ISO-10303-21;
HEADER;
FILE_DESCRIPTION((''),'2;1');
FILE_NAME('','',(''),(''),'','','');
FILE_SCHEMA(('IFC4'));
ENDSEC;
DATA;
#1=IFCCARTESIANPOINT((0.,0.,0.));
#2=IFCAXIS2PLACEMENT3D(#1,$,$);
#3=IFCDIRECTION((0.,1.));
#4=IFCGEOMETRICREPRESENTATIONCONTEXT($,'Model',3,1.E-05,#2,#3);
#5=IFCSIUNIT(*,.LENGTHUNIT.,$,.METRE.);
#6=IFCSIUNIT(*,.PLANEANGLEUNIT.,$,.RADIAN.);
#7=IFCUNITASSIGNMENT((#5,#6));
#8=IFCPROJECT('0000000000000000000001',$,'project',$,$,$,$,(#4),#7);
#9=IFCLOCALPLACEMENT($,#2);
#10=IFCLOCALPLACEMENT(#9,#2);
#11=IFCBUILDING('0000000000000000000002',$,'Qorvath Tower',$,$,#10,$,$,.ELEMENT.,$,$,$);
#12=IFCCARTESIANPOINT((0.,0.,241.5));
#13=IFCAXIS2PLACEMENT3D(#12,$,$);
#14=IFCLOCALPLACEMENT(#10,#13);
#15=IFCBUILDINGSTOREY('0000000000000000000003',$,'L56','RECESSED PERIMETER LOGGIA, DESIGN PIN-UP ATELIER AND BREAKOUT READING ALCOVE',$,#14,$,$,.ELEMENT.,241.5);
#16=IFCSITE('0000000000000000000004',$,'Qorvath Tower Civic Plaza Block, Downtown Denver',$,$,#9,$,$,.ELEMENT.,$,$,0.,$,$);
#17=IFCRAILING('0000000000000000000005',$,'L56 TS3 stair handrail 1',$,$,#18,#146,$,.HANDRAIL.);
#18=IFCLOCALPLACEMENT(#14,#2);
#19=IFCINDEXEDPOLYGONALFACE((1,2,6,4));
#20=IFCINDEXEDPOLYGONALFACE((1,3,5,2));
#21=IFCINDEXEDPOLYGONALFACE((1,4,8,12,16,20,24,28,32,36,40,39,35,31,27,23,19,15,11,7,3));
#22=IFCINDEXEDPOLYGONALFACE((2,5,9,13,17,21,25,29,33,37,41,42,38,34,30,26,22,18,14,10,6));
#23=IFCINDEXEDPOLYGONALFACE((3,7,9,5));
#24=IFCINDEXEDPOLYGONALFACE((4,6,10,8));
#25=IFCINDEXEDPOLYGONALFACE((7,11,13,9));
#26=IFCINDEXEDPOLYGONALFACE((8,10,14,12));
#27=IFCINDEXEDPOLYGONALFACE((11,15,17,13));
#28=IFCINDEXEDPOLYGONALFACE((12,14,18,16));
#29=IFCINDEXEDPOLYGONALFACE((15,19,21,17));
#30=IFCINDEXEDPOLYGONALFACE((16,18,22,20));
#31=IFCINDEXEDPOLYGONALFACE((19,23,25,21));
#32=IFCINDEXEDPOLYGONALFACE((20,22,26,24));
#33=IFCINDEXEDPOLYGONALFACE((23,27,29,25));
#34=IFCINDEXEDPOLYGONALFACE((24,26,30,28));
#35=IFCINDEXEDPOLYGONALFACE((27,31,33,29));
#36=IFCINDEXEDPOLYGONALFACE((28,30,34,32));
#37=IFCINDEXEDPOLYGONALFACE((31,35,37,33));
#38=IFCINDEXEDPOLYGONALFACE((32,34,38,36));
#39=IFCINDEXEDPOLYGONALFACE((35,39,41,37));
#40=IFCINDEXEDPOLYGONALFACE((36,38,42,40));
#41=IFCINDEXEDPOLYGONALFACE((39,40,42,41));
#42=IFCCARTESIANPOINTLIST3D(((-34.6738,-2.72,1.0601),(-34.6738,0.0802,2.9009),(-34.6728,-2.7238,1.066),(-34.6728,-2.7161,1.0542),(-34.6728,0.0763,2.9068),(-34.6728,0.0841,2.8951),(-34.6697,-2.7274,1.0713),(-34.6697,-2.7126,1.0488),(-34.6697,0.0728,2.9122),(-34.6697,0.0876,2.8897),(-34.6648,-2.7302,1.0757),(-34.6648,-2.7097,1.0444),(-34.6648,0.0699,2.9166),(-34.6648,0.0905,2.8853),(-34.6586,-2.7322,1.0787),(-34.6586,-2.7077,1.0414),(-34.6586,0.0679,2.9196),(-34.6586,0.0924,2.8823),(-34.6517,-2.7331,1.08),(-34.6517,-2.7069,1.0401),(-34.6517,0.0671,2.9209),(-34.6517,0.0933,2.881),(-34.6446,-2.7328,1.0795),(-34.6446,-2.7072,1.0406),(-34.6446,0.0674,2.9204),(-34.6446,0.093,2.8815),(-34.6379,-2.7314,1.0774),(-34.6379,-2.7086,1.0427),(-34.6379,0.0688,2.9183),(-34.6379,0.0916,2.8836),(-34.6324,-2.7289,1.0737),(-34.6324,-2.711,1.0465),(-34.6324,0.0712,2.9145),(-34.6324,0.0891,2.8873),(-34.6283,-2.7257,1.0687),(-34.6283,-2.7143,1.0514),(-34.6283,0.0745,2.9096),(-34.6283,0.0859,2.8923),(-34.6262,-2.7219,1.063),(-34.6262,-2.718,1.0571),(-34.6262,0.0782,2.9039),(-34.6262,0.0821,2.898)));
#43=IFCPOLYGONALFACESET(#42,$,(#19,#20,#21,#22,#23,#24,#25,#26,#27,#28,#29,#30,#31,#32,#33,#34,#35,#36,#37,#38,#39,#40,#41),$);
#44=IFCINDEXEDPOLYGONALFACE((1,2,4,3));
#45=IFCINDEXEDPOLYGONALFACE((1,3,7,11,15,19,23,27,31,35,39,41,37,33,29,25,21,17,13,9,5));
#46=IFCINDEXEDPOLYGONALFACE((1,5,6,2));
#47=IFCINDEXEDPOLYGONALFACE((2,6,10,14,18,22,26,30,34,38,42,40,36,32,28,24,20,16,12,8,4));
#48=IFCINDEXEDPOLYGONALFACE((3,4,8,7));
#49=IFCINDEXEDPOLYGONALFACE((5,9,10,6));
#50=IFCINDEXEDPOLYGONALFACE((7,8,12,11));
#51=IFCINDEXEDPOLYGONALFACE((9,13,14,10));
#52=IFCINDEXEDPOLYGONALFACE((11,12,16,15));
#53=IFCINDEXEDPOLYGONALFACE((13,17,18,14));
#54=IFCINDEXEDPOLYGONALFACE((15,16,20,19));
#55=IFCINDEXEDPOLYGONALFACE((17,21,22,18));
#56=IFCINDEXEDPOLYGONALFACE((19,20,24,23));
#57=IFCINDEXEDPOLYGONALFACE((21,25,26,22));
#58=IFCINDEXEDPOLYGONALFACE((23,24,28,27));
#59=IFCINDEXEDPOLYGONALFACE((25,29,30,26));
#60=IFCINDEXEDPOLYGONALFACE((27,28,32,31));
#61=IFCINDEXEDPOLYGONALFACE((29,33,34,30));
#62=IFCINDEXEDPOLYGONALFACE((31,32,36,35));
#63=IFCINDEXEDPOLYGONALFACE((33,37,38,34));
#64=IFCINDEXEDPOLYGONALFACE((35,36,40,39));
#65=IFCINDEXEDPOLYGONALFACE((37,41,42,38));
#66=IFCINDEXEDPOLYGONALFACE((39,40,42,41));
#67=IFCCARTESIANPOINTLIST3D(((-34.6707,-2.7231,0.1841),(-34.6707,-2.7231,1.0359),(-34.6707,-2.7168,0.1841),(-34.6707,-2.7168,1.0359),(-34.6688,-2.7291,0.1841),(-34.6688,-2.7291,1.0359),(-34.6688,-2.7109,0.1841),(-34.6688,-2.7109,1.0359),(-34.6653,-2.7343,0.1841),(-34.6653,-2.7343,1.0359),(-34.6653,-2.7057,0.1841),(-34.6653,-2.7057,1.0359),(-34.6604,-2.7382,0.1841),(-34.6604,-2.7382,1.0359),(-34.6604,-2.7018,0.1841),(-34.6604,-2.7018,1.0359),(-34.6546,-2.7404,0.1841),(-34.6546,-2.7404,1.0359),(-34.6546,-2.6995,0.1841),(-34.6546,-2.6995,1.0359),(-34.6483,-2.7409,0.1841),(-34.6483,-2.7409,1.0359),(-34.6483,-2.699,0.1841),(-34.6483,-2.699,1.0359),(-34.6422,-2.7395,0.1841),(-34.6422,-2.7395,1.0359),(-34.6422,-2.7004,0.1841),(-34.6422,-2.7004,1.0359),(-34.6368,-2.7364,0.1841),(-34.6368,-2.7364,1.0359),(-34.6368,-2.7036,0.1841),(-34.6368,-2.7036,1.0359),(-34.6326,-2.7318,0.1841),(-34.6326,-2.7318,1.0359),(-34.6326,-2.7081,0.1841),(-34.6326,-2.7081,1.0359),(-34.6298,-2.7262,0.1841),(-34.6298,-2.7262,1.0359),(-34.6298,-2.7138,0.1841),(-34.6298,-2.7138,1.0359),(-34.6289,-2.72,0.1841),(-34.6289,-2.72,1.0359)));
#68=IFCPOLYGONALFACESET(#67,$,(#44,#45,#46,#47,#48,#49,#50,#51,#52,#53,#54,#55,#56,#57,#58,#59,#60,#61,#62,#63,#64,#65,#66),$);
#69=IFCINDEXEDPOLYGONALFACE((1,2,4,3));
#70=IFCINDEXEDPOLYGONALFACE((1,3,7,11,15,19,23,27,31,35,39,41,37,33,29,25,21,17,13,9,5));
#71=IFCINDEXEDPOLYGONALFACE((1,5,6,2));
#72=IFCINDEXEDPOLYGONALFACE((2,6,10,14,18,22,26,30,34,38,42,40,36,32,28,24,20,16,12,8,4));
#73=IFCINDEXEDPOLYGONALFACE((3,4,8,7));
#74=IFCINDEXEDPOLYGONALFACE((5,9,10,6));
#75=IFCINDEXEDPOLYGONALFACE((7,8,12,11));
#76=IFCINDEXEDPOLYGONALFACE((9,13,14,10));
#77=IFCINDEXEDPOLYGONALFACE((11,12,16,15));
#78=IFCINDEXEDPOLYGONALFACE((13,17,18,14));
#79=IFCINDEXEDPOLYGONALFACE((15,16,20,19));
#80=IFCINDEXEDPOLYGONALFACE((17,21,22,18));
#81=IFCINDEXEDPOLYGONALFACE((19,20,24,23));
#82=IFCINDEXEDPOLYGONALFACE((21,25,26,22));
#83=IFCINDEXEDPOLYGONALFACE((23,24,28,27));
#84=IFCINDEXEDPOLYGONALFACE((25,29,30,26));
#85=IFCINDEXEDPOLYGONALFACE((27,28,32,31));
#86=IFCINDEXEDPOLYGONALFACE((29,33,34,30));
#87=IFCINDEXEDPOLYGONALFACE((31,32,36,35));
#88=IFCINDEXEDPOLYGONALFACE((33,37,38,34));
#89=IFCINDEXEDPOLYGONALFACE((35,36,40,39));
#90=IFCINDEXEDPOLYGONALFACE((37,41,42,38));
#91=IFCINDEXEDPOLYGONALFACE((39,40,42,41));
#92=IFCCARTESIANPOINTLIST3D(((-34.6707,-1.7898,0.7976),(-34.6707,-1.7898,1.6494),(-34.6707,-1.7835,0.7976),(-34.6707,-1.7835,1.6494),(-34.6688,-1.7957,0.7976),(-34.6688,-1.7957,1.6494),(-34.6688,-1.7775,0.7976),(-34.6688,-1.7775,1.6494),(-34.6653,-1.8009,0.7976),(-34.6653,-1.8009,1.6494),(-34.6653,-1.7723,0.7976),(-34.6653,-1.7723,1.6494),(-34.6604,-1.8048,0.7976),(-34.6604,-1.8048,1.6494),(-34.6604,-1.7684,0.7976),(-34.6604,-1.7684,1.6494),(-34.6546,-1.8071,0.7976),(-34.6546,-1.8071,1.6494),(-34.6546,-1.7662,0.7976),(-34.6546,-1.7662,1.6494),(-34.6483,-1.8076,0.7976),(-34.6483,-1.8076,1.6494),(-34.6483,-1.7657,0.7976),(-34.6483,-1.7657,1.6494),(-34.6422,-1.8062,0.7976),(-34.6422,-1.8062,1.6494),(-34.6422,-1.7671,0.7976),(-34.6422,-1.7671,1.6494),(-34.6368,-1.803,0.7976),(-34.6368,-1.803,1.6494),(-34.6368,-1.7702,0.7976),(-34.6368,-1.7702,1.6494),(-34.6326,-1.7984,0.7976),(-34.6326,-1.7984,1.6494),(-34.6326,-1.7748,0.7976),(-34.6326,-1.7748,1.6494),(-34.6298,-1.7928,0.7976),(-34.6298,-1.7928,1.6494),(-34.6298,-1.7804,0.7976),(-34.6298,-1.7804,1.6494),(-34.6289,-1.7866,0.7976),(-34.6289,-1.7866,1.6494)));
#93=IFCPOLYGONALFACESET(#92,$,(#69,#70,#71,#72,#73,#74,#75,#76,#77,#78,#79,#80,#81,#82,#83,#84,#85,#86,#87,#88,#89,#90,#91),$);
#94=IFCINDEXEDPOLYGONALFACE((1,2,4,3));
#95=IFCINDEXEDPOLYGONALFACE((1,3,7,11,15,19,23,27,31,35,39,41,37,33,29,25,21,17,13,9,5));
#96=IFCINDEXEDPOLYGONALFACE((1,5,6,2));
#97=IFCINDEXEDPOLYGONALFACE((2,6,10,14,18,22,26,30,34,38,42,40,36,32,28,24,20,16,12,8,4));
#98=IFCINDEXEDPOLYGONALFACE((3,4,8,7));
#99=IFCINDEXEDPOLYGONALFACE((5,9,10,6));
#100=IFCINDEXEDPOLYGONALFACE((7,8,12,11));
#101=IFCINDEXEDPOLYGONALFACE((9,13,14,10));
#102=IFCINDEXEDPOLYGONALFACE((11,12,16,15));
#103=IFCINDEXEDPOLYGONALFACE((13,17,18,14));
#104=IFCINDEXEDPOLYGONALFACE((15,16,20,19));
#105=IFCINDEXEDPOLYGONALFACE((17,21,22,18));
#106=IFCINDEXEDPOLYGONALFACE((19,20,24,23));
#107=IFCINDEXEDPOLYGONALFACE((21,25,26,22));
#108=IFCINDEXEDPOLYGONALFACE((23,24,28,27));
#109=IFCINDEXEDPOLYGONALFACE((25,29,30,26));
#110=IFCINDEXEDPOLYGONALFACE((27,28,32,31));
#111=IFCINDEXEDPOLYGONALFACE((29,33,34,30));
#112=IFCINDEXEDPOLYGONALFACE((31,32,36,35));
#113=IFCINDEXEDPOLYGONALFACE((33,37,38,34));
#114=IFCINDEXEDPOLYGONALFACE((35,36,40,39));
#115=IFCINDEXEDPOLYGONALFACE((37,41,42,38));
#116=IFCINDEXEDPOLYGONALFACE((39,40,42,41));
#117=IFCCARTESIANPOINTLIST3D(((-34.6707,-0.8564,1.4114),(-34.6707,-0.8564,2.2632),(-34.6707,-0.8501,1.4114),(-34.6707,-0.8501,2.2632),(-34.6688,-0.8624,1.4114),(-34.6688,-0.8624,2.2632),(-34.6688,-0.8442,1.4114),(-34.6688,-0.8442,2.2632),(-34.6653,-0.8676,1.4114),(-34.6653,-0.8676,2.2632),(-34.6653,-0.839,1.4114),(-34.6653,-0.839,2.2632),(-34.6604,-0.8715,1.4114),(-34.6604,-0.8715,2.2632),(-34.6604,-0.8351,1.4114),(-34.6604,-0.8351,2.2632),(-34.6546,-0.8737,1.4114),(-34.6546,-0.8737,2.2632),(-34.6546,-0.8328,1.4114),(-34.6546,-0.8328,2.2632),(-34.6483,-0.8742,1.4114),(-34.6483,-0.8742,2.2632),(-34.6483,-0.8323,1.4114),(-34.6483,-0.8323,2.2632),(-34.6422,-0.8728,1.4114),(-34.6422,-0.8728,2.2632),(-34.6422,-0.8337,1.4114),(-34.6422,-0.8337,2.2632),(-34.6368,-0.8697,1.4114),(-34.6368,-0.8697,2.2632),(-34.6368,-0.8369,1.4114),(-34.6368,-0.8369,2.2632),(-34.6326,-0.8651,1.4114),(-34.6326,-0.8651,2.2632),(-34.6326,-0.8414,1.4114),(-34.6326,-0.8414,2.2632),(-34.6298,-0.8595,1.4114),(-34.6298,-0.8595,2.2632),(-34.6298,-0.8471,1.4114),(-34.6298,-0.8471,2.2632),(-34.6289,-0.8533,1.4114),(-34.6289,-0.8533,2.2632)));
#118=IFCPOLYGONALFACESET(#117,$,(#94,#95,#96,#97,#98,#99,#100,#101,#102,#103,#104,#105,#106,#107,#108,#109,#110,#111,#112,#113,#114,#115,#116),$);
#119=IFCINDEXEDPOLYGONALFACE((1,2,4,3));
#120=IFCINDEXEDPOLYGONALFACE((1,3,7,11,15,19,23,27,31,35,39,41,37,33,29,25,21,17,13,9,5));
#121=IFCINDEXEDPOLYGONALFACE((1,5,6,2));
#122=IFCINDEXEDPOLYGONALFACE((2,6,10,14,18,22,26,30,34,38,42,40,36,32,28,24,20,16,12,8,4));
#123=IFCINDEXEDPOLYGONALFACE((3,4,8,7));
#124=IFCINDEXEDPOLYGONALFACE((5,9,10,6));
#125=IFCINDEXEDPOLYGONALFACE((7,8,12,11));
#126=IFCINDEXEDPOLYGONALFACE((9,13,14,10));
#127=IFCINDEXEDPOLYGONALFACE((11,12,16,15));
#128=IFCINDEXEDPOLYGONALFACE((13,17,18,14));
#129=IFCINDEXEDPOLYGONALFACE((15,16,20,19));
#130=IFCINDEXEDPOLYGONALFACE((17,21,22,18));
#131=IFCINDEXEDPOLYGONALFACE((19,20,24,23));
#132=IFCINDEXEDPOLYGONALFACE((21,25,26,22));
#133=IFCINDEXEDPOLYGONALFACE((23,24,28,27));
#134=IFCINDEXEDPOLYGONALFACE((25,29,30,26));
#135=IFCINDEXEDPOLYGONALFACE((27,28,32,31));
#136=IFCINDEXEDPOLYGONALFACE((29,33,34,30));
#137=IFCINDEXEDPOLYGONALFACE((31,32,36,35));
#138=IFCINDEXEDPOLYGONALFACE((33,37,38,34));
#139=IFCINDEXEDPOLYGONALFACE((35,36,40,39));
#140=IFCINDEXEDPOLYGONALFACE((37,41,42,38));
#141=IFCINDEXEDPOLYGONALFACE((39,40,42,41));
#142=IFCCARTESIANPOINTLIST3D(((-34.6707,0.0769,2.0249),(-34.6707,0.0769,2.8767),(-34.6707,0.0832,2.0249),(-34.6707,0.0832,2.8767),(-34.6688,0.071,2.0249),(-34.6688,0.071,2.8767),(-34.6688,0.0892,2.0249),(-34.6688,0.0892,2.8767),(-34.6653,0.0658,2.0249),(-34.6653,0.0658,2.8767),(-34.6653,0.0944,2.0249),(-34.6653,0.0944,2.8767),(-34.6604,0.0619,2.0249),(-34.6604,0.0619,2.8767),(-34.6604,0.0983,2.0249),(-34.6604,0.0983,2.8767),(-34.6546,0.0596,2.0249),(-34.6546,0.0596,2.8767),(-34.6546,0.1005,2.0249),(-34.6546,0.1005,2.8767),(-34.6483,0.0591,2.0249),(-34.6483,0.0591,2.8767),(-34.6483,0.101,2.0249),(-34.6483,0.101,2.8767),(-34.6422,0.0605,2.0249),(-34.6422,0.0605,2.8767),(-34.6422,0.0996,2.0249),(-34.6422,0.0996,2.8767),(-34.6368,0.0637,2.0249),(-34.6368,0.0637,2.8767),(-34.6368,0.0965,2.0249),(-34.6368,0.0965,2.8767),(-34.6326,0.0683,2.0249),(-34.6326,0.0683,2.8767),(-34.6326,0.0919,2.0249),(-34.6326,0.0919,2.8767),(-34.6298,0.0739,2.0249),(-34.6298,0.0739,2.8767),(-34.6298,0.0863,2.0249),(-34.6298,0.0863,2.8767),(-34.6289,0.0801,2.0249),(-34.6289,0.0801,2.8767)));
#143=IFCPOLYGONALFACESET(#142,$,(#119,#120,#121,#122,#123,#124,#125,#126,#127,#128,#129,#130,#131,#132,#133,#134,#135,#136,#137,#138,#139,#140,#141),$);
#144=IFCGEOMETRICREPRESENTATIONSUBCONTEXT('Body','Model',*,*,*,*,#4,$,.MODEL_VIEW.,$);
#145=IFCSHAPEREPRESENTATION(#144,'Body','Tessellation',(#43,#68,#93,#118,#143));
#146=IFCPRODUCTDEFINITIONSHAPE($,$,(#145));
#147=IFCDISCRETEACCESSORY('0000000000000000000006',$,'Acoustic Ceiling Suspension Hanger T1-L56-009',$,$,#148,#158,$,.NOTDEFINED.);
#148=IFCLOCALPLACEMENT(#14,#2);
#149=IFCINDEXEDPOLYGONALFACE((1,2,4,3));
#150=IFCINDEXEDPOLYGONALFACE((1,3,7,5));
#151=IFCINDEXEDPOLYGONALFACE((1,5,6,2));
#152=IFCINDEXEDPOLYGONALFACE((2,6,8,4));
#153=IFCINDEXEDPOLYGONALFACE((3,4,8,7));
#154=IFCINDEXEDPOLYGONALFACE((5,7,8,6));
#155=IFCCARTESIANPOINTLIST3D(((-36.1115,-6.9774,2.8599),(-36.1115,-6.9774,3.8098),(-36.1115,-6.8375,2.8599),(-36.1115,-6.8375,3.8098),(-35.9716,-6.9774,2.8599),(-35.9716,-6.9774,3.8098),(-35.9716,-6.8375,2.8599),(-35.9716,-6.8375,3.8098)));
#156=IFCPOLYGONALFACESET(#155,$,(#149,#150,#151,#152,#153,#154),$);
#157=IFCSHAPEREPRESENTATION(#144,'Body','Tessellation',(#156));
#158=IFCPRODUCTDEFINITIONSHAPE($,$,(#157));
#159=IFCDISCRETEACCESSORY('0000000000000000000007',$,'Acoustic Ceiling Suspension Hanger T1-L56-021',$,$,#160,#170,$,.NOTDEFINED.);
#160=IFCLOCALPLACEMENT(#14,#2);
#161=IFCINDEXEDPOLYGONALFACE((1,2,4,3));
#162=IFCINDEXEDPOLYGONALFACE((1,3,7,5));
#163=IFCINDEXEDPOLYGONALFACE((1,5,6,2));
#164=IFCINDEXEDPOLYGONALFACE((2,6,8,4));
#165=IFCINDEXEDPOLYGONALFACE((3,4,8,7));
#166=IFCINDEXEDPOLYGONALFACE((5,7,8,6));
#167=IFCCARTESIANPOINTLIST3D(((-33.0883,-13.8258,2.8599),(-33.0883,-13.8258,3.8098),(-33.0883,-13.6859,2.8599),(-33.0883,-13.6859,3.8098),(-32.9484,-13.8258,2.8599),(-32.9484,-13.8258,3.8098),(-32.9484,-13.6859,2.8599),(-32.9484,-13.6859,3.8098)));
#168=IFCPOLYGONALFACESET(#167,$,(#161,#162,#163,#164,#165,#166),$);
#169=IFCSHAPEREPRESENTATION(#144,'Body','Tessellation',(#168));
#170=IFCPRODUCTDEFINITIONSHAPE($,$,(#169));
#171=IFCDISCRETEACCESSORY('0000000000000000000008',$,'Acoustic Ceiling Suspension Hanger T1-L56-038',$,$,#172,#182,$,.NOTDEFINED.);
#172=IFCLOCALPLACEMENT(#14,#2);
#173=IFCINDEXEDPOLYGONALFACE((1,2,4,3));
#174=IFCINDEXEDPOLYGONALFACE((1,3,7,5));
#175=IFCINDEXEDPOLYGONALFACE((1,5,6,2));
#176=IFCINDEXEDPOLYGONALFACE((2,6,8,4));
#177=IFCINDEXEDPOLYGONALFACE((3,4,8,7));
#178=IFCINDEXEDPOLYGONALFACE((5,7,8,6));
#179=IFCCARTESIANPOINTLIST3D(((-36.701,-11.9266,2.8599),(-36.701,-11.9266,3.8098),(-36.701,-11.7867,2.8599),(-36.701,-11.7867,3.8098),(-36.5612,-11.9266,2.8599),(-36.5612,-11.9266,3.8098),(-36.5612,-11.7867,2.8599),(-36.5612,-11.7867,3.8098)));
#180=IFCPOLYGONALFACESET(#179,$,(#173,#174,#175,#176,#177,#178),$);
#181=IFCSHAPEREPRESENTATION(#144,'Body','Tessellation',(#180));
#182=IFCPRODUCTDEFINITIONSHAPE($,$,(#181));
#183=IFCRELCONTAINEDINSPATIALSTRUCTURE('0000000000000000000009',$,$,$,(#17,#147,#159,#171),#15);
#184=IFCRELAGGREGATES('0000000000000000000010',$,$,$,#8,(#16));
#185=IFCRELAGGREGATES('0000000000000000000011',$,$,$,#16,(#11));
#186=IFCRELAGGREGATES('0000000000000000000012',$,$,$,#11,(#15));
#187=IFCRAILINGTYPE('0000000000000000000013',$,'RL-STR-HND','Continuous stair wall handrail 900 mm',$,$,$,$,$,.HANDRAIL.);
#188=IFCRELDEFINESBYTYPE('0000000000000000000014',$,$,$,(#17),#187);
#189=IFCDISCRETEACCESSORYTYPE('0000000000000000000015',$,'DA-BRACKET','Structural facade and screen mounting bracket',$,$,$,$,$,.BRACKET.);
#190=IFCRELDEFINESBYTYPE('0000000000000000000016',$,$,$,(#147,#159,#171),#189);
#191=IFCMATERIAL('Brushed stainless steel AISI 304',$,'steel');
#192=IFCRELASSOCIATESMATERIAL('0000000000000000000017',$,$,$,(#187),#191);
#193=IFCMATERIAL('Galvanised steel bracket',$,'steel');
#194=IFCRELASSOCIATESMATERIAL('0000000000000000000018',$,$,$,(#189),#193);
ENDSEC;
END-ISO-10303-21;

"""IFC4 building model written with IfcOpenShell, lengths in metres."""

from ifc_helpers import new_model, si_unit, direction, frame, origin, origin_2d, place, context, subcontext, project, spatial, rectangle, circle, extrude, material, type_object, element, save


model = new_model("IFC4")

# Units and contexts
model_context = context("Model", 3, precision=1e-05, world=origin(), true_north=direction((0.0, 1.0)))
body_context = subcontext(model_context, "Body", "Model", "MODEL_VIEW")
ifc_project = project(units=[si_unit("LENGTHUNIT", "METRE"), si_unit("PLANEANGLEUNIT", "RADIAN")], contexts=[model_context])

# Site, building, storey
site_placement = place(None, origin())
site = spatial("IfcSite", under=ifc_project, at=site_placement, Name="Qorvath Tower Civic Plaza Block, Downtown Denver", CompositionType="ELEMENT", RefElevation=0.0)
building_placement = place(site_placement, origin())
building = spatial("IfcBuilding", under=site, at=building_placement, Name="Qorvath Tower", CompositionType="ELEMENT")
storey_placement = place(building_placement, frame((0.0, 0.0, 241.5)))
storey = spatial("IfcBuildingStorey", under=building, at=storey_placement, Name="L56", Description="RECESSED PERIMETER LOGGIA, DESIGN PIN-UP ATELIER AND BREAKOUT READING ALCOVE", CompositionType="ELEMENT", Elevation=241.5)

# Railing
ifc_material_1 = material(Name="Brushed stainless steel AISI 304", Category="steel")
railing_type_1 = type_object("IfcRailingType", Name="RL-STR-HND", Description="Continuous stair wall handrail 900 mm", PredefinedType="HANDRAIL", material=ifc_material_1)
railing_1_placement = place(storey_placement, frame((-34.6499, -2.72, 0.1841)))
element("IfcRailing", 1, at=railing_1_placement, inside=storey, type_object=railing_type_1, Name="L56 TS3 stair handrail 1", PredefinedType="HANDRAIL", context=body_context, shape_type="SweptSolid", body=[
    extrude(circle(Radius=0.0239, at=origin_2d()), frame((0.0, 0.0, 0.876), z_axis=(0.0, 0.835598, 0.549342), x_axis=(-1.0, 0.0, 0.0)), (0.0, 0.0, 1.0), 3.3511),
    extrude(circle(Radius=0.021, at=origin_2d()), origin(), (0.0, 0.0, 1.0), 0.8518),
    extrude(circle(Radius=0.021, at=origin_2d()), frame((0.0, 0.9333, 0.6135)), (0.0, 0.0, 1.0), 0.8518),
    extrude(circle(Radius=0.021, at=origin_2d()), frame((0.0, 1.8667, 1.2273)), (0.0, 0.0, 1.0), 0.8518),
    extrude(circle(Radius=0.021, at=origin_2d()), frame((0.0, 2.8, 1.8408)), (0.0, 0.0, 1.0), 0.8518),
])

# Discrete accessories
ifc_material_2 = material(Name="Galvanised steel bracket", Category="steel")
discrete_accessory_type = type_object("IfcDiscreteAccessoryType", Name="DA-BRACKET", Description="Structural facade and screen mounting bracket", PredefinedType="BRACKET", material=ifc_material_2)
for number, where, z_axis, x_axis, name in (
    (2, (-36.0415, -6.9075, 2.8599), (0.0, 0.0, 1.0), (1.0, 0.0, 0.0), "Acoustic Ceiling Suspension Hanger T1-L56-009"),
    (3, (-33.0183, -13.7559, 2.8599), (0.0, 0.0, 1.0), (1.0, 0.0, 0.0), "Acoustic Ceiling Suspension Hanger T1-L56-021"),
    (4, (-36.6311, -11.8567, 2.8599), (0.0, 0.0, 1.0), (1.0, 0.0, 0.0), "Acoustic Ceiling Suspension Hanger T1-L56-038"),
):
    element("IfcDiscreteAccessory", number, at=place(storey_placement, frame(where, z_axis=z_axis, x_axis=x_axis)), inside=storey, type_object=discrete_accessory_type, Name=name, PredefinedType="NOTDEFINED", context=body_context, shape_type="SweptSolid", body=[
        extrude(rectangle(XDim=0.1399, YDim=0.1399, at=origin_2d()), origin(), (0.0, 0.0, 1.0), 0.95),
    ])

save(model, "model.ifc")
